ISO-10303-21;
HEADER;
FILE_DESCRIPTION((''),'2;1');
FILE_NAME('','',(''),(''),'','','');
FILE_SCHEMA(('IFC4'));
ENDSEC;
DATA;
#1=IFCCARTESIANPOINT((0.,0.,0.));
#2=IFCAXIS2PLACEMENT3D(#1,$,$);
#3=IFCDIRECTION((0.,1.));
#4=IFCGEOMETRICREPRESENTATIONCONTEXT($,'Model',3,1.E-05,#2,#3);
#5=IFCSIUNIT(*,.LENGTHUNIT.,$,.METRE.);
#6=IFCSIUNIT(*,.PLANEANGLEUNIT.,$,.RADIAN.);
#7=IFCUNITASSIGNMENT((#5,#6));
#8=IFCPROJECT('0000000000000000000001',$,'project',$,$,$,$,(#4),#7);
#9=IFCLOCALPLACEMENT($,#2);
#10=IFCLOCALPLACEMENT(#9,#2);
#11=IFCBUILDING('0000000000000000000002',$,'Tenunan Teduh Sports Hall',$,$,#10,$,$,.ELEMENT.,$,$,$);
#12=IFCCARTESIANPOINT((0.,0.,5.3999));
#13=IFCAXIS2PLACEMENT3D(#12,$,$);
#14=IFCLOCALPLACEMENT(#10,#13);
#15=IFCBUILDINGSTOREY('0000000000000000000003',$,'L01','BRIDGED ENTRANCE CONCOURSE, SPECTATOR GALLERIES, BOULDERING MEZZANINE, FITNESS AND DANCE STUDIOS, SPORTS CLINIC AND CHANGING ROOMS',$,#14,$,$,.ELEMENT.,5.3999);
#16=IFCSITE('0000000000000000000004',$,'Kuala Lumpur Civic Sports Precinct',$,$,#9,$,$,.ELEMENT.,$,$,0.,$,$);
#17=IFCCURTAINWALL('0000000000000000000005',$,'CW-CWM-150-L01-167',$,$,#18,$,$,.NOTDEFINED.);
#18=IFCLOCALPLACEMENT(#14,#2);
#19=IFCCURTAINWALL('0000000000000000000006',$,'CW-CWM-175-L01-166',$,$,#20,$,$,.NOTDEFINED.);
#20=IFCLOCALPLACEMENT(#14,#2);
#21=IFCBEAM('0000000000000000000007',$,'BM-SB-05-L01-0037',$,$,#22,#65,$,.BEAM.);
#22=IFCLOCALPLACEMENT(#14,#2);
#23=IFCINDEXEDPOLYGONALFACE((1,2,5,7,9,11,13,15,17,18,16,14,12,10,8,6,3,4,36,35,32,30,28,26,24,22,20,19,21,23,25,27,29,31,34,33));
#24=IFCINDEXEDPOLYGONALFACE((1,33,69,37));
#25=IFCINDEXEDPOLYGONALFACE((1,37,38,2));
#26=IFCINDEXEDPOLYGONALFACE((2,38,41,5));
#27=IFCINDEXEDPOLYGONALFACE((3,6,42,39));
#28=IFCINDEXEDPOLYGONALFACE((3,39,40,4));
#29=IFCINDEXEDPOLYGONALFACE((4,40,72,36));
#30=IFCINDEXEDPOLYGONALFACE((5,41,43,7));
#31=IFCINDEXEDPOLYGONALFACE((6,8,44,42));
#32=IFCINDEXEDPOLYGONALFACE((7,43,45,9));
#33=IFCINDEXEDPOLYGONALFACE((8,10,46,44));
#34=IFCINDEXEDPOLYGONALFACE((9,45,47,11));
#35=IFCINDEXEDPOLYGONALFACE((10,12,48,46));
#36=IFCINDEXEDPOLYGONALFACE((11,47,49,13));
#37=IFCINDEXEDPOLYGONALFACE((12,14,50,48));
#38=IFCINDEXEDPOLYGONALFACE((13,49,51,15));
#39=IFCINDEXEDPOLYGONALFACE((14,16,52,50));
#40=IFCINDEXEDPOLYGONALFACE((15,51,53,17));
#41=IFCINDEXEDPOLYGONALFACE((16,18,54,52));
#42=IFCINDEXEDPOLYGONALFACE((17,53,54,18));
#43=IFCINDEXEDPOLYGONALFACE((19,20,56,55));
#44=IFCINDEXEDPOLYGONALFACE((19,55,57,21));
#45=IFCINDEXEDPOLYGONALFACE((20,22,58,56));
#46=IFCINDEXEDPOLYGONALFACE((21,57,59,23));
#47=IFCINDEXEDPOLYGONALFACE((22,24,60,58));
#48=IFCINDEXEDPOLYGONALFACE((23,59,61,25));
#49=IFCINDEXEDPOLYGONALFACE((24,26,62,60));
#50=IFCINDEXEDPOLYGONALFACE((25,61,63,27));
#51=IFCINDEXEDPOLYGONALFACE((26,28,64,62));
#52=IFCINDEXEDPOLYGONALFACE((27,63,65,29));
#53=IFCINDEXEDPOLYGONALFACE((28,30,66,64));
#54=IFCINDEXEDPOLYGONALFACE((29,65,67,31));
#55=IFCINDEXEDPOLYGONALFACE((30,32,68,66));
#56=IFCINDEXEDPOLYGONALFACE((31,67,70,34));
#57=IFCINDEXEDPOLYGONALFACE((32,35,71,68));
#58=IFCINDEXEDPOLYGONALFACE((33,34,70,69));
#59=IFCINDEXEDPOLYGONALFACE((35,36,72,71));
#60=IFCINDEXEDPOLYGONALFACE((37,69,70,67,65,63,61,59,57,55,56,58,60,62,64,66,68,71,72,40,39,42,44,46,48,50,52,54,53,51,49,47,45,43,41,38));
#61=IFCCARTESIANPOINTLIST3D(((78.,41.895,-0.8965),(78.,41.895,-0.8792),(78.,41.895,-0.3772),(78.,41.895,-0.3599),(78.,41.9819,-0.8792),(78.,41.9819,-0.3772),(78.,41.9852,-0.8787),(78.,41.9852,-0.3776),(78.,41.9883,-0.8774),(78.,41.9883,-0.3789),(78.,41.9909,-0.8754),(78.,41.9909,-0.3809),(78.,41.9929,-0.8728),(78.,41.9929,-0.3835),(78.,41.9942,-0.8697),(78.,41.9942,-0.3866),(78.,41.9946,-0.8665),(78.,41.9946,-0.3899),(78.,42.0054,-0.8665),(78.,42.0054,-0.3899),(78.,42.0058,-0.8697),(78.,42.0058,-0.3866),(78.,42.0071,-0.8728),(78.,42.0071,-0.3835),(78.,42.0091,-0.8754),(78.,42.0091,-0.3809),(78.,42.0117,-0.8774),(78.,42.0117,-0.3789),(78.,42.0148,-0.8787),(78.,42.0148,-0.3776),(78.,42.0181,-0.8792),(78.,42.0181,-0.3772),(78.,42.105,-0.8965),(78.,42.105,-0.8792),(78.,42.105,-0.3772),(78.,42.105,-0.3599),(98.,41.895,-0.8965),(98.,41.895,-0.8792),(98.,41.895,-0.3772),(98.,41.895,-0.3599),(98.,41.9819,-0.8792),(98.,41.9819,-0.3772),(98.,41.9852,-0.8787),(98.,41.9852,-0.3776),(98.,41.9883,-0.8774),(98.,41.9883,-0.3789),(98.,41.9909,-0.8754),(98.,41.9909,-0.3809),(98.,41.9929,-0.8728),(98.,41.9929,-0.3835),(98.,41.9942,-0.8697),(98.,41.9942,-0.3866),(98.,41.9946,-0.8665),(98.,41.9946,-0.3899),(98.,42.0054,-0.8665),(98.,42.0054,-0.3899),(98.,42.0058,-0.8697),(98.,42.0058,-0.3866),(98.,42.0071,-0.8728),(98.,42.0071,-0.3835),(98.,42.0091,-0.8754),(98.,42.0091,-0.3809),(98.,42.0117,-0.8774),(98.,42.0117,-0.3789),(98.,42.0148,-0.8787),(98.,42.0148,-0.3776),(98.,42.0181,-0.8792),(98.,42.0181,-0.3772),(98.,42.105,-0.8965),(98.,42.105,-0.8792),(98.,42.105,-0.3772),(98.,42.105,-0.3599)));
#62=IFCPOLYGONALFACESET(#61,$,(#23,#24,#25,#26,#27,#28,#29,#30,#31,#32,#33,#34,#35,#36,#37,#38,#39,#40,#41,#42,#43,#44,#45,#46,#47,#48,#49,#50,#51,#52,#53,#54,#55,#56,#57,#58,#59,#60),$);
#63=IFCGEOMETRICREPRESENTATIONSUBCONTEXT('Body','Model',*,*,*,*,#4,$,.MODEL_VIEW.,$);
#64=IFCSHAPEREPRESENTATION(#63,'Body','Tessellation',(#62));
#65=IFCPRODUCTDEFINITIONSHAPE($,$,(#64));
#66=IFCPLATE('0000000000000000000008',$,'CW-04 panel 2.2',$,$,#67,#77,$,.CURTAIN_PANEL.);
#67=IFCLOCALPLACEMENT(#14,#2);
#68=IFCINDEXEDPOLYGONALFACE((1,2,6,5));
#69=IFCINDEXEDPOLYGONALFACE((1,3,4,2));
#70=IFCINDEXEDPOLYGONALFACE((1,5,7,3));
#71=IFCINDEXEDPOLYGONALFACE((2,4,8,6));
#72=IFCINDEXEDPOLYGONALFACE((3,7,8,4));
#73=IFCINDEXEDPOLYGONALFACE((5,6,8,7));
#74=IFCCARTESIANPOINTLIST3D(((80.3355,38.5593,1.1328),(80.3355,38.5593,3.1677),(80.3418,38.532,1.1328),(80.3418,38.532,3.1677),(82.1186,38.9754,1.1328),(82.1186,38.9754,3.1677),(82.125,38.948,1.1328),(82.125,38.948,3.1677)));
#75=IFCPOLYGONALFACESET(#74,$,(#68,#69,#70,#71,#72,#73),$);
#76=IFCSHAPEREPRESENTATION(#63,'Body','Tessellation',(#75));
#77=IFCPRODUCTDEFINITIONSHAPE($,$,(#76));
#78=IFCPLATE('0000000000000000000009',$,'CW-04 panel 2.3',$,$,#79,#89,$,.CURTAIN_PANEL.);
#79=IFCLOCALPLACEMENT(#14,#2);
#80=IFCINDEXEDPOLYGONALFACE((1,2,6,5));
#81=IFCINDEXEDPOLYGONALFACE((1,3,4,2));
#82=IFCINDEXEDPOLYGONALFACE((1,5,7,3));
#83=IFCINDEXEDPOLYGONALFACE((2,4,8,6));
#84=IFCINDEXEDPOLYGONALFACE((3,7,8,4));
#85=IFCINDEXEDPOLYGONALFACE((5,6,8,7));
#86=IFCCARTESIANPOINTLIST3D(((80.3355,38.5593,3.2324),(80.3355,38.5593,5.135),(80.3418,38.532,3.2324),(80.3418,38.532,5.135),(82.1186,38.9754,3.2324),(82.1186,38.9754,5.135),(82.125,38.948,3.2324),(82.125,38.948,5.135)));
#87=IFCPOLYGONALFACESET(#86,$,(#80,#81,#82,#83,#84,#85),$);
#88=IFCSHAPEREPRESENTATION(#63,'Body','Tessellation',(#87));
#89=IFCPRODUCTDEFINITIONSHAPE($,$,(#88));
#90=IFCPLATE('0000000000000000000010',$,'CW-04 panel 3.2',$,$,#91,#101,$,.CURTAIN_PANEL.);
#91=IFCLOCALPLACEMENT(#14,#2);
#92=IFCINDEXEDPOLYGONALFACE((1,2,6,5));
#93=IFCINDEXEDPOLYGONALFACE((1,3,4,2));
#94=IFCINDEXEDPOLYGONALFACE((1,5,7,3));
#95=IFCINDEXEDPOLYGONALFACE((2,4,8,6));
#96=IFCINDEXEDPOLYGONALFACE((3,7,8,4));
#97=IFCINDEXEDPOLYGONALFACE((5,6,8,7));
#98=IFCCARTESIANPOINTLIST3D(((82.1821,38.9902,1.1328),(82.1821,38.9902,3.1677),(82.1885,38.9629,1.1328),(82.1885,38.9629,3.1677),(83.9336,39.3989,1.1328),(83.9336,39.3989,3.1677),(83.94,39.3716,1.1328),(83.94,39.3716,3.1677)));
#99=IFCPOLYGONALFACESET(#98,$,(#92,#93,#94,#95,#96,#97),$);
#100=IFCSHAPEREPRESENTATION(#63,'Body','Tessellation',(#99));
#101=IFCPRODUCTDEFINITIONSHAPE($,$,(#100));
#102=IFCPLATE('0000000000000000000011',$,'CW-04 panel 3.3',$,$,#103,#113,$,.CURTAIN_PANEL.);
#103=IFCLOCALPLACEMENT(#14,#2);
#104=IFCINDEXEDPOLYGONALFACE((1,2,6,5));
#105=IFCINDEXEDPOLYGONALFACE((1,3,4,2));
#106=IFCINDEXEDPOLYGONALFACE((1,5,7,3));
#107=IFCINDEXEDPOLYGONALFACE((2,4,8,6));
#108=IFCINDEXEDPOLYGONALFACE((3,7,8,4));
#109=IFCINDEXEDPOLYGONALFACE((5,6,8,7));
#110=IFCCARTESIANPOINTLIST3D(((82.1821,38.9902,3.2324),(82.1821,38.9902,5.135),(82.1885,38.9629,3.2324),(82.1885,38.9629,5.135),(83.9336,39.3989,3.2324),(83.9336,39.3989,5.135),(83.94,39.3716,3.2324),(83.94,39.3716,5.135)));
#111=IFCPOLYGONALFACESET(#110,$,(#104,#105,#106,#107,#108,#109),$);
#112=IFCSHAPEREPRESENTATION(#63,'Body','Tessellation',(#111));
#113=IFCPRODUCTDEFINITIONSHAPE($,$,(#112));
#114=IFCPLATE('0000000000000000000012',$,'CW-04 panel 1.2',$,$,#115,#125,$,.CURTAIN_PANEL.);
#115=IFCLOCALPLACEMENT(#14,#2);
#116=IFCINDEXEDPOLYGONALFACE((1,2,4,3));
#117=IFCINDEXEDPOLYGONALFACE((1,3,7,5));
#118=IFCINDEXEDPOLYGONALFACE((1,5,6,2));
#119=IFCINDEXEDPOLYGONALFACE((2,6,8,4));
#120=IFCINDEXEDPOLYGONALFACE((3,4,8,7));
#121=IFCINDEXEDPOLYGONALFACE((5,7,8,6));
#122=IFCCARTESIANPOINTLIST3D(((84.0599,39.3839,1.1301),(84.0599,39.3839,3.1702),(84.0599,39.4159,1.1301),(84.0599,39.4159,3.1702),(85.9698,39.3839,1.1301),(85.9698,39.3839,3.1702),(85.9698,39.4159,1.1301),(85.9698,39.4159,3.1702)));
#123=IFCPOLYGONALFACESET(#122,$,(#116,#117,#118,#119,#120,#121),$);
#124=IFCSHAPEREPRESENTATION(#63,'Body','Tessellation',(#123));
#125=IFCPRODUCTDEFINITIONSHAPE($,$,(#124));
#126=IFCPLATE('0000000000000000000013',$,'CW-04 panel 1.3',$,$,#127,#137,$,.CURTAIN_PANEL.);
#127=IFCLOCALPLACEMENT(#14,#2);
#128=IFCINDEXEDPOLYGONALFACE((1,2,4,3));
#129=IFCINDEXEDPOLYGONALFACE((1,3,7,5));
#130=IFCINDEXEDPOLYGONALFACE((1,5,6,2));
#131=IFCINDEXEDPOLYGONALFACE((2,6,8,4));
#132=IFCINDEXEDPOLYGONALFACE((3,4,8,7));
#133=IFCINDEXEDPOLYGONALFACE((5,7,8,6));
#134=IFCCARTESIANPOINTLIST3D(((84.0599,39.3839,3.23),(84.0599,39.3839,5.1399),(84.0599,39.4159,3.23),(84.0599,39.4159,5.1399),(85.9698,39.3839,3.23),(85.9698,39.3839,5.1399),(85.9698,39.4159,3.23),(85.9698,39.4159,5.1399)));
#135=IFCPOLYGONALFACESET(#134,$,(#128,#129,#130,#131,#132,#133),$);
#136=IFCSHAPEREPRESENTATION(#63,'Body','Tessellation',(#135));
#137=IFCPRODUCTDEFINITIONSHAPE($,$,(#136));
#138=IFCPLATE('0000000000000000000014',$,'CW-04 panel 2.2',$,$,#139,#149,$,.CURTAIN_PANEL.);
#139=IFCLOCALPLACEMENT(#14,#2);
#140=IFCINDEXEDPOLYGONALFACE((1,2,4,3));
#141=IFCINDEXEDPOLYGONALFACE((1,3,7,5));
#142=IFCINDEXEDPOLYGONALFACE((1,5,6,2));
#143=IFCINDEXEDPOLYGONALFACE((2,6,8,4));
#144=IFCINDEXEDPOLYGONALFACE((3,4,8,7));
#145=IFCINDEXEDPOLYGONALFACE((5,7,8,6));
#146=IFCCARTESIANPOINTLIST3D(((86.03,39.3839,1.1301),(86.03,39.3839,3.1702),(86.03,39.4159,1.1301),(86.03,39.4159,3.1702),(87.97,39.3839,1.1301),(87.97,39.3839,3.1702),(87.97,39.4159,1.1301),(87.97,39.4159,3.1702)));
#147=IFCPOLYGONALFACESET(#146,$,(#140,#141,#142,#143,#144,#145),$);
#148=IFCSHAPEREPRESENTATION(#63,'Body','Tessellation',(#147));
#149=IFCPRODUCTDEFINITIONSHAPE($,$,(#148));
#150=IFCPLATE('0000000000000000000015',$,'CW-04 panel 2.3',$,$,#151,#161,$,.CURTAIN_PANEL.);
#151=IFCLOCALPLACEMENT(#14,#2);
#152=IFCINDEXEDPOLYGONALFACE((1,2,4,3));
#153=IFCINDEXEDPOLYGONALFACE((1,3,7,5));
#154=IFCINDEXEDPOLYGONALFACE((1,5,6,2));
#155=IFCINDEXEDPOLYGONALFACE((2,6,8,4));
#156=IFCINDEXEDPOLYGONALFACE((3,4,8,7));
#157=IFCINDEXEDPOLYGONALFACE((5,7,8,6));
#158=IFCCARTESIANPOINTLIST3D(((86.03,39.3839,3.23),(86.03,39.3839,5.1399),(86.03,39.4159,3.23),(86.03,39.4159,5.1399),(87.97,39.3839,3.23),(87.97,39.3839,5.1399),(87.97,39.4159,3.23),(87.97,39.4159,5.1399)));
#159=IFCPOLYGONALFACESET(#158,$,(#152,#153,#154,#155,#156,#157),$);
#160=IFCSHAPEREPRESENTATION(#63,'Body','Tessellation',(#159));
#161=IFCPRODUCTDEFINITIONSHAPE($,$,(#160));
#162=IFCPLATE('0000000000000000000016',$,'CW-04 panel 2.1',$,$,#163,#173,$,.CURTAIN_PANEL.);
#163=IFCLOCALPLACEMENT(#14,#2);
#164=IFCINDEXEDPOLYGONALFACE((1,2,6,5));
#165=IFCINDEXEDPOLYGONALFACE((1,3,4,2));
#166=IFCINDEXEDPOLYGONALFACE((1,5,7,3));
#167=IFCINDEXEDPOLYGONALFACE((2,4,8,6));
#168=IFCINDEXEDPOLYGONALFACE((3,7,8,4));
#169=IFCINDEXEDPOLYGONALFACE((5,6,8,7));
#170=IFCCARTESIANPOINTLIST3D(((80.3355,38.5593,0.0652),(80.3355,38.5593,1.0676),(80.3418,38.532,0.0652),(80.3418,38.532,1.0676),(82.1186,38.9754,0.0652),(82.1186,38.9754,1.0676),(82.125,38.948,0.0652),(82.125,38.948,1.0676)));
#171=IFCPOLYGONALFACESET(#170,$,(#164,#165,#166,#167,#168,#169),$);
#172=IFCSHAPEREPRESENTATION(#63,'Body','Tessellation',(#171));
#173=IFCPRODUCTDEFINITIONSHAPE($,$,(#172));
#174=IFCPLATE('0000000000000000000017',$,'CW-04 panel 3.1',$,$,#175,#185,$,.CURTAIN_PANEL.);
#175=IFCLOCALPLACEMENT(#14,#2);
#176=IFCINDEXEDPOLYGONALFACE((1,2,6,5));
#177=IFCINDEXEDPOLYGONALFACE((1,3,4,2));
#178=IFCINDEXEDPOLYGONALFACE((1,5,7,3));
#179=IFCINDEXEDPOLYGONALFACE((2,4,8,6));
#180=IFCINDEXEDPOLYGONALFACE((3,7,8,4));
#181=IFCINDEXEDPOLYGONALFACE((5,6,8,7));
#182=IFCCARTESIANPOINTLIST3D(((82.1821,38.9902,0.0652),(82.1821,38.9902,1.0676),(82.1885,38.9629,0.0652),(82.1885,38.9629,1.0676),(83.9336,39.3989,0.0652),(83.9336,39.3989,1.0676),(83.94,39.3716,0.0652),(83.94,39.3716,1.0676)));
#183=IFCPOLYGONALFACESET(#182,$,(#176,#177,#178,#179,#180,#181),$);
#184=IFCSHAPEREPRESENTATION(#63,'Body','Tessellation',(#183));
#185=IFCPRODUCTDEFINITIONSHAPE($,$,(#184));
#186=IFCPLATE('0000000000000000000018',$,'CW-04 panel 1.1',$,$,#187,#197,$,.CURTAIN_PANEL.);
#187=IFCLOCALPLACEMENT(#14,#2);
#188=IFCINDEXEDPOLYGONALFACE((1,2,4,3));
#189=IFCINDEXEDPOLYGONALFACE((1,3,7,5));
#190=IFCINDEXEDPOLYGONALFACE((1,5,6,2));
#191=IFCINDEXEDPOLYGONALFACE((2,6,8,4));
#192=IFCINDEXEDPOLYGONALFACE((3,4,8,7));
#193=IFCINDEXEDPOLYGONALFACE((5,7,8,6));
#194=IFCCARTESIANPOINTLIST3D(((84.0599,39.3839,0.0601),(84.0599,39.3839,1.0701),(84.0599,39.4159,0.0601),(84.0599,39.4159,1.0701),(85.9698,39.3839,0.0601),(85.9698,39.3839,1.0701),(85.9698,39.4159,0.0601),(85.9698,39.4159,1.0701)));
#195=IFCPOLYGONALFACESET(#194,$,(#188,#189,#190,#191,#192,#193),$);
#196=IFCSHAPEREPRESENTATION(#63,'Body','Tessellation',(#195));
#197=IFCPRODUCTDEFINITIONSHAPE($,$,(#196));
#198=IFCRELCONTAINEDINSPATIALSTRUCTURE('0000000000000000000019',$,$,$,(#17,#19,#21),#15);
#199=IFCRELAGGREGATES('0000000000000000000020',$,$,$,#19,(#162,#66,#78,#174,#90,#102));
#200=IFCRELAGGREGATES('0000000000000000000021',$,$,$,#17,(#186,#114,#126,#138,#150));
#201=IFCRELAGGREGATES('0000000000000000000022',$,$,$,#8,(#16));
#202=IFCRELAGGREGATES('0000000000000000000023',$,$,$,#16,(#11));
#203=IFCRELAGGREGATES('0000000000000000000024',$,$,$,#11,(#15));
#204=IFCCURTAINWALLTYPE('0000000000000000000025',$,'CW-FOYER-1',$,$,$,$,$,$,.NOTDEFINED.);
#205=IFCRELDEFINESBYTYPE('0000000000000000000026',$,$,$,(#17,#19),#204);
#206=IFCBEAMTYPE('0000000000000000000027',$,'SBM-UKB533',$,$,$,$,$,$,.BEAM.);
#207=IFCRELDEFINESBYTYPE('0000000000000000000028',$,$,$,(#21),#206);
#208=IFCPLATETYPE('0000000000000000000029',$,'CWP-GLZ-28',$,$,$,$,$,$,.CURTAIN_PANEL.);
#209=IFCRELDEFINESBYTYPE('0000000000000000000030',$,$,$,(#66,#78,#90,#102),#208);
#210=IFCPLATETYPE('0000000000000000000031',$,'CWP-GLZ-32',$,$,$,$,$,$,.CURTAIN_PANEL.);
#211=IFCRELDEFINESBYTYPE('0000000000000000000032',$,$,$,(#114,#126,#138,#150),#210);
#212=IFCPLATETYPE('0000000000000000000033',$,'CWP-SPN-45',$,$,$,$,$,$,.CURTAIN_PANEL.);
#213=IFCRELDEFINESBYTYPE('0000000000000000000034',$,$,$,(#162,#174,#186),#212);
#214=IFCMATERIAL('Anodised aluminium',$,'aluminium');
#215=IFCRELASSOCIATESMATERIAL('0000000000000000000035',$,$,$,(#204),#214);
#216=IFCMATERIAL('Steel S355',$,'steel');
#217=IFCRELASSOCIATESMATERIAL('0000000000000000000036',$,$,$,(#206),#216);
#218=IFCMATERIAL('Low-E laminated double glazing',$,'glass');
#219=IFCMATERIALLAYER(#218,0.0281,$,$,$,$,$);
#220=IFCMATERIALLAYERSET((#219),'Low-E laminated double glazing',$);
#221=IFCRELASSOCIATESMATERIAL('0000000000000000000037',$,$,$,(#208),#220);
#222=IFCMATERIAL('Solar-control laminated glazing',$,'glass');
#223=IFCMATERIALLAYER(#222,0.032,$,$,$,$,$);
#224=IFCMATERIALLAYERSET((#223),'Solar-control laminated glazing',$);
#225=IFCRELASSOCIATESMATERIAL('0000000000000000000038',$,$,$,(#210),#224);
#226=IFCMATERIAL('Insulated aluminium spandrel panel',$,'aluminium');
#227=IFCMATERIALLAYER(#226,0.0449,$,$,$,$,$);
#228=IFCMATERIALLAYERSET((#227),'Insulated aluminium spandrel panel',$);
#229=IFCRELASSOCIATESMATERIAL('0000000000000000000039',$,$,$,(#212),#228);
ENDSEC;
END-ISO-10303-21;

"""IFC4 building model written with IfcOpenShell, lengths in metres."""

from ifc_helpers import new_model, si_unit, direction, frame, origin, origin_2d, place, context, subcontext, project, spatial, rectangle, i_section, extrude, material, layer, layer_set, material_profile, profile_set, type_object, element, aggregate, save


model = new_model("IFC4")

# Units and contexts
model_context = context("Model", 3, precision=1e-05, world=origin(), true_north=direction((0.0, 1.0)))
body_context = subcontext(model_context, "Body", "Model", "MODEL_VIEW")
ifc_project = project(units=[si_unit("LENGTHUNIT", "METRE"), si_unit("PLANEANGLEUNIT", "RADIAN")], contexts=[model_context])

# Site, building, storey
site_placement = place(None, origin())
site = spatial("IfcSite", under=ifc_project, at=site_placement, Name="Kuala Lumpur Civic Sports Precinct", CompositionType="ELEMENT", RefElevation=0.0)
building_placement = place(site_placement, origin())
building = spatial("IfcBuilding", under=site, at=building_placement, Name="Tenunan Teduh Sports Hall", CompositionType="ELEMENT")
storey_placement = place(building_placement, frame((0.0, 0.0, 5.3999)))
storey = spatial("IfcBuildingStorey", under=building, at=storey_placement, Name="L01", Description="BRIDGED ENTRANCE CONCOURSE, SPECTATOR GALLERIES, BOULDERING MEZZANINE, FITNESS AND DANCE STUDIOS, SPORTS CLINIC AND CHANGING ROOMS", CompositionType="ELEMENT", Elevation=5.3999)

# Curtain walls
ifc_material_1 = material(Name="Anodised aluminium", Category="aluminium")
curtain_wall_type = type_object("IfcCurtainWallType", Name="CW-FOYER-1", PredefinedType="NOTDEFINED", material=ifc_material_1)
curtain_wall_1_placement = place(storey_placement, origin())
curtain_wall_1 = element("IfcCurtainWall", 1, at=curtain_wall_1_placement, inside=storey, type_object=curtain_wall_type, Name="CW-CWM-150-L01-167", PredefinedType="NOTDEFINED")
curtain_wall_2_placement = place(storey_placement, origin())
curtain_wall_2 = element("IfcCurtainWall", 2, at=curtain_wall_2_placement, inside=storey, type_object=curtain_wall_type, Name="CW-CWM-175-L01-166", PredefinedType="NOTDEFINED")

# Beam
ifc_material_2 = material(Name="Steel S355", Category="steel")
ifc_material_profile_1 = material_profile(ifc_material_2, i_section(OverallWidth=0.21, OverallDepth=0.5366, WebThickness=0.0107, FlangeThickness=0.0173, FilletRadius=0.0127, at=origin_2d()), Name="UKB 533x210x101")
ifc_profile_set_1 = profile_set([ifc_material_profile_1], Name="Steel S355")
beam_type_1 = type_object("IfcBeamType", Name="SBM-UKB533", PredefinedType="BEAM", material=ifc_profile_set_1)
beam_1_placement = place(storey_placement, frame((78.0, 42.0, -0.6282), z_axis=(1.0, 0.0, 0.0), x_axis=(0.0, 1.0, 0.0)))
element("IfcBeam", 3, at=beam_1_placement, inside=storey, type_object=beam_type_1, Name="BM-SB-05-L01-0037", PredefinedType="BEAM", context=body_context, shape_type="SweptSolid", body=[
    extrude(i_section(OverallWidth=0.21, OverallDepth=0.5366, WebThickness=0.0107, FlangeThickness=0.0173, FilletRadius=0.0127, at=origin_2d()), origin(), (0.0, 0.0, 1.0), 20.0),
])

# Plates
ifc_material_3 = material(Name="Low-E laminated double glazing", Category="glass")
ifc_layer_1 = layer(ifc_material_3, 0.0281)
ifc_layer_set_1 = layer_set([ifc_layer_1], Name="Low-E laminated double glazing")
plate_type_1 = type_object("IfcPlateType", Name="CWP-GLZ-28", PredefinedType="CURTAIN_PANEL", material=ifc_layer_set_1)
plate_1_placement = place(storey_placement, frame((81.2302, 38.7537, 1.1328), z_axis=(0.0, 0.0, 1.0), x_axis=(0.973842, 0.227225, 0.0)))
plate_1 = element("IfcPlate", 4, at=plate_1_placement, type_object=plate_type_1, Name="CW-04 panel 2.2", PredefinedType="CURTAIN_PANEL", context=body_context, shape_type="SweptSolid", body=[
    extrude(rectangle(XDim=1.8311, YDim=0.0281, at=origin_2d()), origin(), (0.0, 0.0, 1.0), 2.0349),
])
plate_2_placement = place(storey_placement, frame((81.2302, 38.7537, 3.2324), z_axis=(0.0, 0.0, 1.0), x_axis=(0.973842, 0.227225, 0.0)))
plate_2 = element("IfcPlate", 5, at=plate_2_placement, type_object=plate_type_1, Name="CW-04 panel 2.3", PredefinedType="CURTAIN_PANEL", context=body_context, shape_type="SweptSolid", body=[
    extrude(rectangle(XDim=1.8311, YDim=0.0281, at=origin_2d()), origin(), (0.0, 0.0, 1.0), 1.9026),
])
plate_3_placement = place(storey_placement, frame((83.061, 39.1809, 1.1328), z_axis=(0.0, 0.0, 1.0), x_axis=(0.973842, 0.227225, 0.0)))
plate_3 = element("IfcPlate", 6, at=plate_3_placement, type_object=plate_type_1, Name="CW-04 panel 3.2", PredefinedType="CURTAIN_PANEL", context=body_context, shape_type="SweptSolid", body=[
    extrude(rectangle(XDim=1.7986, YDim=0.0281, at=origin_2d()), origin(), (0.0, 0.0, 1.0), 2.0349),
])
plate_4_placement = place(storey_placement, frame((83.061, 39.1809, 3.2324), z_axis=(0.0, 0.0, 1.0), x_axis=(0.973842, 0.227225, 0.0)))
plate_4 = element("IfcPlate", 7, at=plate_4_placement, type_object=plate_type_1, Name="CW-04 panel 3.3", PredefinedType="CURTAIN_PANEL", context=body_context, shape_type="SweptSolid", body=[
    extrude(rectangle(XDim=1.7986, YDim=0.0281, at=origin_2d()), origin(), (0.0, 0.0, 1.0), 1.9026),
])
ifc_material_4 = material(Name="Solar-control laminated glazing", Category="glass")
ifc_layer_2 = layer(ifc_material_4, 0.032)
ifc_layer_set_2 = layer_set([ifc_layer_2], Name="Solar-control laminated glazing")
plate_type_2 = type_object("IfcPlateType", Name="CWP-GLZ-32", PredefinedType="CURTAIN_PANEL", material=ifc_layer_set_2)
plate_5_placement = place(storey_placement, frame((85.0149, 39.3999, 1.1301), z_axis=(0.0, 0.0, 1.0), x_axis=(1.0, 0.0, 0.0)))
plate_5 = element("IfcPlate", 8, at=plate_5_placement, type_object=plate_type_2, Name="CW-04 panel 1.2", PredefinedType="CURTAIN_PANEL", context=body_context, shape_type="SweptSolid", body=[
    extrude(rectangle(XDim=1.9099, YDim=0.032, at=origin_2d()), origin(), (0.0, 0.0, 1.0), 2.04),
])
plate_6_placement = place(storey_placement, frame((85.0149, 39.3999, 3.23), z_axis=(0.0, 0.0, 1.0), x_axis=(1.0, 0.0, 0.0)))
plate_6 = element("IfcPlate", 9, at=plate_6_placement, type_object=plate_type_2, Name="CW-04 panel 1.3", PredefinedType="CURTAIN_PANEL", context=body_context, shape_type="SweptSolid", body=[
    extrude(rectangle(XDim=1.9099, YDim=0.032, at=origin_2d()), origin(), (0.0, 0.0, 1.0), 1.9099),
])
plate_7_placement = place(storey_placement, frame((87.0, 39.3999, 1.1301), z_axis=(0.0, 0.0, 1.0), x_axis=(1.0, 0.0, 0.0)))
plate_7 = element("IfcPlate", 10, at=plate_7_placement, type_object=plate_type_2, Name="CW-04 panel 2.2", PredefinedType="CURTAIN_PANEL", context=body_context, shape_type="SweptSolid", body=[
    extrude(rectangle(XDim=1.9399, YDim=0.032, at=origin_2d()), origin(), (0.0, 0.0, 1.0), 2.04),
])
plate_8_placement = place(storey_placement, frame((87.0, 39.3999, 3.23), z_axis=(0.0, 0.0, 1.0), x_axis=(1.0, 0.0, 0.0)))
plate_8 = element("IfcPlate", 11, at=plate_8_placement, type_object=plate_type_2, Name="CW-04 panel 2.3", PredefinedType="CURTAIN_PANEL", context=body_context, shape_type="SweptSolid", body=[
    extrude(rectangle(XDim=1.9399, YDim=0.032, at=origin_2d()), origin(), (0.0, 0.0, 1.0), 1.9099),
])
ifc_material_5 = material(Name="Insulated aluminium spandrel panel", Category="aluminium")
ifc_layer_3 = layer(ifc_material_5, 0.0449)
ifc_layer_set_3 = layer_set([ifc_layer_3], Name="Insulated aluminium spandrel panel")
plate_type_3 = type_object("IfcPlateType", Name="CWP-SPN-45", PredefinedType="CURTAIN_PANEL", material=ifc_layer_set_3)
plate_9_placement = place(storey_placement, frame((81.2302, 38.7537, 0.0652), z_axis=(0.0, 0.0, 1.0), x_axis=(0.973842, 0.227225, 0.0)))
plate_9 = element("IfcPlate", 12, at=plate_9_placement, type_object=plate_type_3, Name="CW-04 panel 2.1", PredefinedType="CURTAIN_PANEL", context=body_context, shape_type="SweptSolid", body=[
    extrude(rectangle(XDim=1.8311, YDim=0.0281, at=origin_2d()), origin(), (0.0, 0.0, 1.0), 1.0024),
])
plate_10_placement = place(storey_placement, frame((83.061, 39.1809, 0.0652), z_axis=(0.0, 0.0, 1.0), x_axis=(0.973842, 0.227225, 0.0)))
plate_10 = element("IfcPlate", 13, at=plate_10_placement, type_object=plate_type_3, Name="CW-04 panel 3.1", PredefinedType="CURTAIN_PANEL", context=body_context, shape_type="SweptSolid", body=[
    extrude(rectangle(XDim=1.7986, YDim=0.0281, at=origin_2d()), origin(), (0.0, 0.0, 1.0), 1.0024),
])
aggregate(curtain_wall_2, [plate_9, plate_1, plate_2, plate_10, plate_3, plate_4])
plate_11_placement = place(storey_placement, frame((85.0149, 39.3999, 0.0601), z_axis=(0.0, 0.0, 1.0), x_axis=(1.0, 0.0, 0.0)))
plate_11 = element("IfcPlate", 14, at=plate_11_placement, type_object=plate_type_3, Name="CW-04 panel 1.1", PredefinedType="CURTAIN_PANEL", context=body_context, shape_type="SweptSolid", body=[
    extrude(rectangle(XDim=1.9099, YDim=0.032, at=origin_2d()), origin(), (0.0, 0.0, 1.0), 1.01),
])
aggregate(curtain_wall_1, [plate_11, plate_5, plate_6, plate_7, plate_8])

save(model, "model.ifc")
